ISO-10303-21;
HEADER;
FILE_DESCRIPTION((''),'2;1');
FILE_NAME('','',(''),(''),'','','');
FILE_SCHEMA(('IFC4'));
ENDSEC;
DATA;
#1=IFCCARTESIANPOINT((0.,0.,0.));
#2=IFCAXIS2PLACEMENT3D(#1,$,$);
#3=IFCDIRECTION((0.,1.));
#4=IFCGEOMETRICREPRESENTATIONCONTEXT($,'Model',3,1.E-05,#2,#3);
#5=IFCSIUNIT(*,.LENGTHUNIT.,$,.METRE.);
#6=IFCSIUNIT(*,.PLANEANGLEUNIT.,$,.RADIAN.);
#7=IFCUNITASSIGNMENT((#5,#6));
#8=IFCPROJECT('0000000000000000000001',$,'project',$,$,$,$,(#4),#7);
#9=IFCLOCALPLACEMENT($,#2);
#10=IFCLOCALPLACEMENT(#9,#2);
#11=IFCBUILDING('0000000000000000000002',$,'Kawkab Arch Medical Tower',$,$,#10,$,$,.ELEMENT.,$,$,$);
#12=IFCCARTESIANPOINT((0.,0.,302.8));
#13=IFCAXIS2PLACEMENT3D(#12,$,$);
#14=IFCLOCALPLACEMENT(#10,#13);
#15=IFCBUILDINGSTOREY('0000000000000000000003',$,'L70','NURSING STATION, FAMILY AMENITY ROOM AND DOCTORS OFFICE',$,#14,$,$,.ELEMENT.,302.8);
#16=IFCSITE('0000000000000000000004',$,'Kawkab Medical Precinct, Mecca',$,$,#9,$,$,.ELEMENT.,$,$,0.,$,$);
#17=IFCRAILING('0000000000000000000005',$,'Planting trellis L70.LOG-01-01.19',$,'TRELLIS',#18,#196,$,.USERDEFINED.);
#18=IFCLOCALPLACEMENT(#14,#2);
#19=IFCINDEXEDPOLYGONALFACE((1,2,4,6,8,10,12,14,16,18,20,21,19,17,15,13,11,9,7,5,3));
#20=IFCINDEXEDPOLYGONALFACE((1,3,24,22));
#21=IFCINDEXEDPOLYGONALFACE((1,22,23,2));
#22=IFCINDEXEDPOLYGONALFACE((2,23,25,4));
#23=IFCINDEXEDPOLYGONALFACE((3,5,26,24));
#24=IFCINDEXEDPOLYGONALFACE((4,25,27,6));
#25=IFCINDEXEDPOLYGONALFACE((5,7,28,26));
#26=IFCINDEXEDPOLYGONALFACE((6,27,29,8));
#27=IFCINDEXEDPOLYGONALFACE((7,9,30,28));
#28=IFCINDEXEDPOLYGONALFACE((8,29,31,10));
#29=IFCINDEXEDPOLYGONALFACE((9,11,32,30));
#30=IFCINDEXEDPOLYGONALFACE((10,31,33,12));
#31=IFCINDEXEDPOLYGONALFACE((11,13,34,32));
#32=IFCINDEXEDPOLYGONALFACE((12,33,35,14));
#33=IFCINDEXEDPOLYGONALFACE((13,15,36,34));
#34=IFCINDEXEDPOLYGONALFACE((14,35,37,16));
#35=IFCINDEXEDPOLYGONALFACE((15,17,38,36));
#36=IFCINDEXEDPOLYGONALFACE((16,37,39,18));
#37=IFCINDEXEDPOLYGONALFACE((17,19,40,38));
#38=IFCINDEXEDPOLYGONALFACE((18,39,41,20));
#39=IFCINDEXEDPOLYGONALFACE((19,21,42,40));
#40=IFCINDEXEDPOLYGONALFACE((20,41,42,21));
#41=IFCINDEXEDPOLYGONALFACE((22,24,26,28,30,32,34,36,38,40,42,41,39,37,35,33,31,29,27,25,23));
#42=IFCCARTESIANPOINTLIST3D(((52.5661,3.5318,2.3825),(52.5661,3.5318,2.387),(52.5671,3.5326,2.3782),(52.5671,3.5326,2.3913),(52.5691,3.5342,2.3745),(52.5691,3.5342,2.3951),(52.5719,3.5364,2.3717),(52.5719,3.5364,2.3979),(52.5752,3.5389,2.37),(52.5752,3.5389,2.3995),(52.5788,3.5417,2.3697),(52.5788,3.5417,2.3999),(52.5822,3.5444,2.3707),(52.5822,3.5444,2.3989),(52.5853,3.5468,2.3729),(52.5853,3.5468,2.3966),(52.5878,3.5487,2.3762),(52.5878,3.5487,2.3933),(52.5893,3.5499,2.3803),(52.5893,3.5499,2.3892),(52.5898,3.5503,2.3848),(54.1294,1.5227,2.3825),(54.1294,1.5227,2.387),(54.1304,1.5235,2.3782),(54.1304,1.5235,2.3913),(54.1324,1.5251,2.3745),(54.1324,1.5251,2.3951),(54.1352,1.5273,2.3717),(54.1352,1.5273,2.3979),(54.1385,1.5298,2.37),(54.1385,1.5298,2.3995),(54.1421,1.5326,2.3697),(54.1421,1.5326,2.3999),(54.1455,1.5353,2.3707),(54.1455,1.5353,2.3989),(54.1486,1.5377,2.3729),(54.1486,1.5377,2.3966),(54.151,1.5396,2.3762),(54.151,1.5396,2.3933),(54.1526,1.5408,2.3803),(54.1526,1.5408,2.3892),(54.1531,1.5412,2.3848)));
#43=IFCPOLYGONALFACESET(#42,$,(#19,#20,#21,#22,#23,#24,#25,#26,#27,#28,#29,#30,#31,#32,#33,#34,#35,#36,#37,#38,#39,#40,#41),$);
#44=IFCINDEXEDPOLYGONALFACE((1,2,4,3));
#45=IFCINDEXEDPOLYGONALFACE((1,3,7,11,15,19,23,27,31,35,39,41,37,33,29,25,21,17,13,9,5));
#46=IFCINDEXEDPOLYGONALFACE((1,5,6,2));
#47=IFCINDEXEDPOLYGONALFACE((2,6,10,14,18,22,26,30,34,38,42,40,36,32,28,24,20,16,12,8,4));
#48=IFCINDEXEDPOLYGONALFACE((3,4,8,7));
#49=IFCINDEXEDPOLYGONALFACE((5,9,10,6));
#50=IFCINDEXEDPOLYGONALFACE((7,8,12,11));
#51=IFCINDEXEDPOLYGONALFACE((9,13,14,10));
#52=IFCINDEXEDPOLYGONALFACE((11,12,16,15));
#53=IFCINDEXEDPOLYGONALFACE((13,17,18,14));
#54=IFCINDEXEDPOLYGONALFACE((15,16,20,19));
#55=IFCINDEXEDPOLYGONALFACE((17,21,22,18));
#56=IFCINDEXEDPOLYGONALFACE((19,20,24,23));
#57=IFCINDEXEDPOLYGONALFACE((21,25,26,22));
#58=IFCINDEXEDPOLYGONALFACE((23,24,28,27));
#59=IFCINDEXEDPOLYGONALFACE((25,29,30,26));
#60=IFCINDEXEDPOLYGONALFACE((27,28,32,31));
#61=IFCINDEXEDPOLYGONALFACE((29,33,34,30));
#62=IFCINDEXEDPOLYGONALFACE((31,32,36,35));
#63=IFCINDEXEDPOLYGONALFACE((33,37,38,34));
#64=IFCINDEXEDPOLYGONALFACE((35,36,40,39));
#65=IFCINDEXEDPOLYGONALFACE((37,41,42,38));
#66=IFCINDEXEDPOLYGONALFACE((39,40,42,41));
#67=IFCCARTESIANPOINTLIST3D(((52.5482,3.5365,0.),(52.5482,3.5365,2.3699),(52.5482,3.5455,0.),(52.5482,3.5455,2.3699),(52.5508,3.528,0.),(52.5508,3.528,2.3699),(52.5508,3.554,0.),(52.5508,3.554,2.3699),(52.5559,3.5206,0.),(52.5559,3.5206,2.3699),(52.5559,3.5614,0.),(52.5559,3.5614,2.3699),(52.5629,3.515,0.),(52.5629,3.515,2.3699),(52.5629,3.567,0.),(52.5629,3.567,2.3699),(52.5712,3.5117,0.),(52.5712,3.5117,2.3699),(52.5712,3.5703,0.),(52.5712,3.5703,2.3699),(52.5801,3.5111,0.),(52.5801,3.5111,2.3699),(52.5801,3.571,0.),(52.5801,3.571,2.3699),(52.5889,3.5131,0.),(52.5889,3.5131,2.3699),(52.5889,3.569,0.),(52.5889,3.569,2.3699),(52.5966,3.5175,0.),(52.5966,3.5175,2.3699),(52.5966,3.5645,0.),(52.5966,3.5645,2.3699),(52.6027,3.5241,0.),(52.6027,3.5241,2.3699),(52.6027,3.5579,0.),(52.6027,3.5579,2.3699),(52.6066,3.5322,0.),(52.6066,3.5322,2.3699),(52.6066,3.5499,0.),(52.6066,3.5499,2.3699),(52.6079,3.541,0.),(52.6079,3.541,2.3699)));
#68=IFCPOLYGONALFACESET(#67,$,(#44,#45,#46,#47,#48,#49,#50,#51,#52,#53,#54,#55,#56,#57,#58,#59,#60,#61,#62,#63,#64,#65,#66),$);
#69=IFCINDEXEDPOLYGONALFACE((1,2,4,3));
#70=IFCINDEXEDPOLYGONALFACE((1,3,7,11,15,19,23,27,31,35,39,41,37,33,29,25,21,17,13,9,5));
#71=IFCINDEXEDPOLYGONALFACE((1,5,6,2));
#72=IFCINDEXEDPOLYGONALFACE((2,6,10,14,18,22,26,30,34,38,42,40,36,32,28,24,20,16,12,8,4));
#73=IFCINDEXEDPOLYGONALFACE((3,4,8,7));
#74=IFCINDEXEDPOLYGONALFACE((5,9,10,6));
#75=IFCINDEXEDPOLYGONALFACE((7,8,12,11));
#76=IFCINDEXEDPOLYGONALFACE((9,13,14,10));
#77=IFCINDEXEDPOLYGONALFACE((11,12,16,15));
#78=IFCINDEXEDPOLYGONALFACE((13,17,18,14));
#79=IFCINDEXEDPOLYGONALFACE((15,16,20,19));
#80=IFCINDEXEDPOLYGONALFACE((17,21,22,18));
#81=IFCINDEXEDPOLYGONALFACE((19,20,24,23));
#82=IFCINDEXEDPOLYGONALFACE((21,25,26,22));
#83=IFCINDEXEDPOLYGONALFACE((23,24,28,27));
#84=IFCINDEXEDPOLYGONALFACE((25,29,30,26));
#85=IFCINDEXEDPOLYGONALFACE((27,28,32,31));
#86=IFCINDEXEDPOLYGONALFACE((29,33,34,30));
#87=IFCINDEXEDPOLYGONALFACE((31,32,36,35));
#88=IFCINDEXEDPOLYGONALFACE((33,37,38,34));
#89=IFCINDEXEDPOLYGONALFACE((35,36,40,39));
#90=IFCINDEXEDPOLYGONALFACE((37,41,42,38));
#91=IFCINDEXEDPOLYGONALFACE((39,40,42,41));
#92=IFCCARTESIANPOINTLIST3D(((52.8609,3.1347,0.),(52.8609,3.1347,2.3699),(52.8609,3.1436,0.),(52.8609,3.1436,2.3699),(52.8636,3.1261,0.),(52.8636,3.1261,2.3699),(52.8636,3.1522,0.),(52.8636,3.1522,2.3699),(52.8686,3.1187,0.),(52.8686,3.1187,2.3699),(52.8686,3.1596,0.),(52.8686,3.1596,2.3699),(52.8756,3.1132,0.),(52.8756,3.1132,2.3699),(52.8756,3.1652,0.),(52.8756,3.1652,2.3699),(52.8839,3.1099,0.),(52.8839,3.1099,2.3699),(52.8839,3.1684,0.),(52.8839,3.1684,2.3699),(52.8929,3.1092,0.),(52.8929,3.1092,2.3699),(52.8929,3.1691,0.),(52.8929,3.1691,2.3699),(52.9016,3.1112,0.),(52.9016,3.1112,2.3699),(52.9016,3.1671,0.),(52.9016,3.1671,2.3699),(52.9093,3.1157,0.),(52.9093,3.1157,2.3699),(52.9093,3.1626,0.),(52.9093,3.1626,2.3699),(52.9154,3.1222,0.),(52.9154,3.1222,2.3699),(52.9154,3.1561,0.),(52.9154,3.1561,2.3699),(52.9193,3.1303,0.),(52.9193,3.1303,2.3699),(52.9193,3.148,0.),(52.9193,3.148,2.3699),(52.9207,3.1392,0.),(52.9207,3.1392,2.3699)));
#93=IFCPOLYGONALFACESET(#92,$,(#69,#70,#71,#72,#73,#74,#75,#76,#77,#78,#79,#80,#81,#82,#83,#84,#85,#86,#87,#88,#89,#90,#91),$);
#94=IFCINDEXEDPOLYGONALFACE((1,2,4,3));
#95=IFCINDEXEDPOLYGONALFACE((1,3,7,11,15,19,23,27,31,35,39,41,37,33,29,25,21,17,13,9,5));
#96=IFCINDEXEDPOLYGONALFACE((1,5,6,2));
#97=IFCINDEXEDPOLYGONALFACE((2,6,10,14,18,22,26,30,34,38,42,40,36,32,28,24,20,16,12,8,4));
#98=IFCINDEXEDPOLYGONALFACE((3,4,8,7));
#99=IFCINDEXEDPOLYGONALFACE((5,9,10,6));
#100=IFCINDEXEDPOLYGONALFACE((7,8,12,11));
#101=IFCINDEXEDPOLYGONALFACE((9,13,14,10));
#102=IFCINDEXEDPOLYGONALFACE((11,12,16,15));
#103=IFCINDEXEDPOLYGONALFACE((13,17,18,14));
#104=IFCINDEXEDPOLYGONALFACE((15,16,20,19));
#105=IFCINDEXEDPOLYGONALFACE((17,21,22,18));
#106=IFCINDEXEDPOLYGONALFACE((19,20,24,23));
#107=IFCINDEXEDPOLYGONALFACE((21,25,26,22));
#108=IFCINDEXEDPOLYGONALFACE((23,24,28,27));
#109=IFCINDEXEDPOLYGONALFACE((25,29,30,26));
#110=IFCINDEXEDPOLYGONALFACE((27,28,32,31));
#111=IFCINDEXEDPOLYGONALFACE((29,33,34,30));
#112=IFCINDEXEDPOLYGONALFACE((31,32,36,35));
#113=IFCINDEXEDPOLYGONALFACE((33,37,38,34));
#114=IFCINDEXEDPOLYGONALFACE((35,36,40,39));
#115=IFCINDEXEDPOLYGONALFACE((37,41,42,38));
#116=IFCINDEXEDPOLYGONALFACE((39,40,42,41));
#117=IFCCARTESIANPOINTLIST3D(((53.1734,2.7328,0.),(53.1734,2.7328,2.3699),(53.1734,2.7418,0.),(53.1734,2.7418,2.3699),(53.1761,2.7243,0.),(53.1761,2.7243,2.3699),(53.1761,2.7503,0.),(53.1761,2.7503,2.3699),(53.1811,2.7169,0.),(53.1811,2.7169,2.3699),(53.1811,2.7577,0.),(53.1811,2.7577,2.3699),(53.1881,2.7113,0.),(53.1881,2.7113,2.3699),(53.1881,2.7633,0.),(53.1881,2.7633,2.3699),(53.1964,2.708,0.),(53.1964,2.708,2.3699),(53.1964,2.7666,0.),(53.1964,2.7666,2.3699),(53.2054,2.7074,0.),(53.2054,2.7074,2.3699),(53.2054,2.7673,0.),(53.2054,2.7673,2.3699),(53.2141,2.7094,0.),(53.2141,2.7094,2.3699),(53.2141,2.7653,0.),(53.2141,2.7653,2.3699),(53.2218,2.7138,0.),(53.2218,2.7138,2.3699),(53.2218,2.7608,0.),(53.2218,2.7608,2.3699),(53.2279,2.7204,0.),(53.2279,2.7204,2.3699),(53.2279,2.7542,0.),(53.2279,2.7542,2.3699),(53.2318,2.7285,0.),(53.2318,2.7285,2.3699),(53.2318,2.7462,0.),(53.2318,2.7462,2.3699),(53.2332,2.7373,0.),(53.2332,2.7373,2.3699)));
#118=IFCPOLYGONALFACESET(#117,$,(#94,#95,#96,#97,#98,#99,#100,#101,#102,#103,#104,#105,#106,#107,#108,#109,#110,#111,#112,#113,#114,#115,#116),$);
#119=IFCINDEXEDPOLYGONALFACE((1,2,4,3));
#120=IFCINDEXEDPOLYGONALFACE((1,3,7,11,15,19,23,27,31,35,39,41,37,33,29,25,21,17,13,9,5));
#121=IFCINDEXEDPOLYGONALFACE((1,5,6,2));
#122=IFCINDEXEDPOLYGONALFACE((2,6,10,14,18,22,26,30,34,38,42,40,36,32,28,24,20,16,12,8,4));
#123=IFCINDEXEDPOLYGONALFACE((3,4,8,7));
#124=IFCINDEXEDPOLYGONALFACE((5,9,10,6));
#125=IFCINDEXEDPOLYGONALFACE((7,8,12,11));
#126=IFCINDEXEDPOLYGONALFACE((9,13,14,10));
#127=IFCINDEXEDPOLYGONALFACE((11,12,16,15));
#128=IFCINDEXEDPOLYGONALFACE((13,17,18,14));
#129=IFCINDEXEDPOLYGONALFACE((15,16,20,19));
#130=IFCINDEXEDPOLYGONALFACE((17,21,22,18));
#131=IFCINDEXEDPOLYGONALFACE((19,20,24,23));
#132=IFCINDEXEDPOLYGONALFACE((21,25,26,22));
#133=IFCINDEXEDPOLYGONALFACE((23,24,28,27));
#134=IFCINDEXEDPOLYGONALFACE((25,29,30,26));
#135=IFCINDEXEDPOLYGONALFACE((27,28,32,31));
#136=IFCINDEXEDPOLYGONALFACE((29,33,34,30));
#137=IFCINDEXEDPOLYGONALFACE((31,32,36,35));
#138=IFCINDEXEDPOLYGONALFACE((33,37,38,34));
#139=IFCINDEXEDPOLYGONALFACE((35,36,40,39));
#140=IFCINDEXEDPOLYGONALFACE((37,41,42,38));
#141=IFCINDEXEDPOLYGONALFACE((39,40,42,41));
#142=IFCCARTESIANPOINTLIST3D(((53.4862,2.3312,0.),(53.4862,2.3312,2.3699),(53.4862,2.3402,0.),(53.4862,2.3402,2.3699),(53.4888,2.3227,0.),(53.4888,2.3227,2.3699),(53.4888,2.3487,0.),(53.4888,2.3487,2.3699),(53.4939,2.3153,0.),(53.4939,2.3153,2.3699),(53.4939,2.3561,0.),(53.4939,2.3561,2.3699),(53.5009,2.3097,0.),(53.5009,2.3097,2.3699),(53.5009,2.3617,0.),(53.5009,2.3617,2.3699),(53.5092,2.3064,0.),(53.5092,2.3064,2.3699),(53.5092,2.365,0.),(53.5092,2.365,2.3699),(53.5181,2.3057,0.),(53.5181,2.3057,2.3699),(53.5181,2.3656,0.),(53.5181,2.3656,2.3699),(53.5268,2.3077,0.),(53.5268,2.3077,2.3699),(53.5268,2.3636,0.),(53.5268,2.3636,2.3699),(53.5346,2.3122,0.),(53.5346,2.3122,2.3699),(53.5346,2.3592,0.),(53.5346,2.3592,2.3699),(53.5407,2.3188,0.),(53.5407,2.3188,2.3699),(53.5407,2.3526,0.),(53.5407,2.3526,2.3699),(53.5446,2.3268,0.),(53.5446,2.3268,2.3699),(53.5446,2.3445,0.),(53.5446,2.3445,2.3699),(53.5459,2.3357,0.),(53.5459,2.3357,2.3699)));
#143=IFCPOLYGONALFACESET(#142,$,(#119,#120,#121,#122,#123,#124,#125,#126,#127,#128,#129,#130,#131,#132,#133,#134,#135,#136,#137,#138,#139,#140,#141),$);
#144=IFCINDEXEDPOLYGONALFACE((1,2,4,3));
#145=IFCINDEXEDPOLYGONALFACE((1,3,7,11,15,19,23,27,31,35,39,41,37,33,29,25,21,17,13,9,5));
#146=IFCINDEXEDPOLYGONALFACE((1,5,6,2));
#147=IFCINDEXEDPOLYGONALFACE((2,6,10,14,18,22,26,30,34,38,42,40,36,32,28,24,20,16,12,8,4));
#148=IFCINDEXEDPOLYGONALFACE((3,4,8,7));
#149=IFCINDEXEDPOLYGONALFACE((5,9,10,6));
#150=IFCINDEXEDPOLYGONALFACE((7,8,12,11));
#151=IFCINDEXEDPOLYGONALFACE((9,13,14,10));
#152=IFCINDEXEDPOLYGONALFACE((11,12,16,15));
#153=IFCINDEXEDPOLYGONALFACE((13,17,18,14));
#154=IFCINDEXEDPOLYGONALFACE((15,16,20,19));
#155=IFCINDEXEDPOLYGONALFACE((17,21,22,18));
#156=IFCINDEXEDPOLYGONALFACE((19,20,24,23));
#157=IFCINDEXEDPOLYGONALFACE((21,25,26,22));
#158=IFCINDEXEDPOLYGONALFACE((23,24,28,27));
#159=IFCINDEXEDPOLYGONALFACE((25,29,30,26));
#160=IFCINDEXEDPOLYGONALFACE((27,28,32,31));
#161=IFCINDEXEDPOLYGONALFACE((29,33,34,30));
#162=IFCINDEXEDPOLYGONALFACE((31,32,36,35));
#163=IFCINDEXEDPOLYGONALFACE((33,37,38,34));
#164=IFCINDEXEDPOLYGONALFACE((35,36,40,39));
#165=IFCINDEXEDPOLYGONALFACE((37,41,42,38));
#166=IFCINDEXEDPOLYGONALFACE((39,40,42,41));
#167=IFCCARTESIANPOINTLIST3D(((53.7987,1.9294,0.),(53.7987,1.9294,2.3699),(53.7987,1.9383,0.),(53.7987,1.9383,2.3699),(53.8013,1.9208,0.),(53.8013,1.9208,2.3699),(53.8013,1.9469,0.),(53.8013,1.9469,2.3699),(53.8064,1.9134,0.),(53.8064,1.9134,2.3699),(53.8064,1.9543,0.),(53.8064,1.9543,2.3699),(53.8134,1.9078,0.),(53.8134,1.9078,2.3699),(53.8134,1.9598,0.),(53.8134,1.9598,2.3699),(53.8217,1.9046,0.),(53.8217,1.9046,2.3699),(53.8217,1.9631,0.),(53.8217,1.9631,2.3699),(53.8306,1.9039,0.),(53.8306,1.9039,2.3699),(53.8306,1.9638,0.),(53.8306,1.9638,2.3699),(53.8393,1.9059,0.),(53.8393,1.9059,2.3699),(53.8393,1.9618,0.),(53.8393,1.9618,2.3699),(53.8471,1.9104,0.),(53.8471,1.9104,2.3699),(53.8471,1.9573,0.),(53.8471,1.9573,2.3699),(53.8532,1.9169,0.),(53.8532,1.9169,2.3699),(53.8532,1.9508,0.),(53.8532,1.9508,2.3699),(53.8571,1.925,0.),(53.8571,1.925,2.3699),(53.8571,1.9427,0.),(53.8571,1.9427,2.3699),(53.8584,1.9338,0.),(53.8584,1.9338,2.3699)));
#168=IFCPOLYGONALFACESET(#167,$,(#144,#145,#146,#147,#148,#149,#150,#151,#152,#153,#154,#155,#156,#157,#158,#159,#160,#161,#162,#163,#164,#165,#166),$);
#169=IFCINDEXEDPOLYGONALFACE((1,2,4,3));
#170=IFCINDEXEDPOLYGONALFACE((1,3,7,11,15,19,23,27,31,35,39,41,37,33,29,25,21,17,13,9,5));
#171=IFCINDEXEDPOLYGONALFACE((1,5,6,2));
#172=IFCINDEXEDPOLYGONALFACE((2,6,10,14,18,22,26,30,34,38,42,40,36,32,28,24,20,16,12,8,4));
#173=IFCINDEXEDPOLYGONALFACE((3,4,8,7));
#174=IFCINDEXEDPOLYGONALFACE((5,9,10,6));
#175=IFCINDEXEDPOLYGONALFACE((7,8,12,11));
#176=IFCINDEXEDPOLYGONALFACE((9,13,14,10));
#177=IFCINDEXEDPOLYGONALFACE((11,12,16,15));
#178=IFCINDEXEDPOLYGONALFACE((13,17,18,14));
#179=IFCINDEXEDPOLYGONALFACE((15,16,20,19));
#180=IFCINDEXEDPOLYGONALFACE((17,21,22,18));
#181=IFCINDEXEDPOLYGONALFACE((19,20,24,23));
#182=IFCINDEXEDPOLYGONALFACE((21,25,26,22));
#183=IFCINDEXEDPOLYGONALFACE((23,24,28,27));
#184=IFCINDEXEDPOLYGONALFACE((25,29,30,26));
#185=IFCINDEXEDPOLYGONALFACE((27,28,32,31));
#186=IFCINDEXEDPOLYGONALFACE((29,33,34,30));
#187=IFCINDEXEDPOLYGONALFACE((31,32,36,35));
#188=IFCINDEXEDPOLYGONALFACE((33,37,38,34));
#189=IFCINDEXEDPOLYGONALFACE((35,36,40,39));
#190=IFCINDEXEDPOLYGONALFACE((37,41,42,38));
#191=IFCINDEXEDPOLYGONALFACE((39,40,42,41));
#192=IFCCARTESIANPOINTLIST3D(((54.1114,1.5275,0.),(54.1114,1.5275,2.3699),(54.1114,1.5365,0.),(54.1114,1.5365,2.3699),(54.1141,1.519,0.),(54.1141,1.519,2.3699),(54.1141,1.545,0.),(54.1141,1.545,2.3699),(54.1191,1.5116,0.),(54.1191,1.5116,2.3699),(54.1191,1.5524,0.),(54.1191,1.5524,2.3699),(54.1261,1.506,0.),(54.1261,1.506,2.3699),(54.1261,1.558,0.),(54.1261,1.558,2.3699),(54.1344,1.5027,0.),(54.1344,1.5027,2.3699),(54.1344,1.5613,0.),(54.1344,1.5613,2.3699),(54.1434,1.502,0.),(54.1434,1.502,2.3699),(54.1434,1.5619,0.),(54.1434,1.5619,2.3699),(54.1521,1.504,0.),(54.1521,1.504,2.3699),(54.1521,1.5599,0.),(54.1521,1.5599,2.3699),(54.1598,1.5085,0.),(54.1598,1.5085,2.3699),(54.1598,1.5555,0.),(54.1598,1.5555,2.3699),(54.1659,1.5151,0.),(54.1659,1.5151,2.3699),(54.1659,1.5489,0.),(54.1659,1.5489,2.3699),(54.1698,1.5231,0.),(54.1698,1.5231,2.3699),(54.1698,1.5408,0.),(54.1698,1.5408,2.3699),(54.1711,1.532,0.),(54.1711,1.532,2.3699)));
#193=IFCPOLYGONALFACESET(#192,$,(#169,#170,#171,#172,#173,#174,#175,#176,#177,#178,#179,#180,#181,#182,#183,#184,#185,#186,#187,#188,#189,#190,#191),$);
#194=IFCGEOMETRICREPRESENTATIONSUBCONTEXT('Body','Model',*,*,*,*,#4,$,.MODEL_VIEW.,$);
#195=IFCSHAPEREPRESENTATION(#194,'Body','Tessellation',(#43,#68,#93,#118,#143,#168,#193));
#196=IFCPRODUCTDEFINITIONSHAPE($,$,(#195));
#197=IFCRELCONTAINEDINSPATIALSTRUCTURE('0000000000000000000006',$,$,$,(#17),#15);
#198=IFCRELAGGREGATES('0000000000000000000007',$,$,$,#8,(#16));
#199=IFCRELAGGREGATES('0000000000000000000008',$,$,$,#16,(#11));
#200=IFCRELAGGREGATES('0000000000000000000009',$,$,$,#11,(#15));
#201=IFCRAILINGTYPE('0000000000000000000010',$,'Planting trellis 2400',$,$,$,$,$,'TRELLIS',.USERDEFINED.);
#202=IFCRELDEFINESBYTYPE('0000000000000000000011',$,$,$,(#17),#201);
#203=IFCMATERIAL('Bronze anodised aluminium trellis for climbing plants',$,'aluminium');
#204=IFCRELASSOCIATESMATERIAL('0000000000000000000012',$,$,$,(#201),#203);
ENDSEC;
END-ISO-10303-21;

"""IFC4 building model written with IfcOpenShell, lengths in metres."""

from ifc_helpers import new_model, si_unit, direction, frame, origin, origin_2d, place, context, subcontext, project, spatial, circle, extrude, material, type_object, element, save


model = new_model("IFC4")

# Units and contexts
model_context = context("Model", 3, precision=1e-05, world=origin(), true_north=direction((0.0, 1.0)))
body_context = subcontext(model_context, "Body", "Model", "MODEL_VIEW")
ifc_project = project(units=[si_unit("LENGTHUNIT", "METRE"), si_unit("PLANEANGLEUNIT", "RADIAN")], contexts=[model_context])

# Site, building, storey
site_placement = place(None, origin())
site = spatial("IfcSite", under=ifc_project, at=site_placement, Name="Kawkab Medical Precinct, Mecca", CompositionType="ELEMENT", RefElevation=0.0)
building_placement = place(site_placement, origin())
building = spatial("IfcBuilding", under=site, at=building_placement, Name="Kawkab Arch Medical Tower", CompositionType="ELEMENT")
storey_placement = place(building_placement, frame((0.0, 0.0, 302.8)))
storey = spatial("IfcBuildingStorey", under=building, at=storey_placement, Name="L70", Description="NURSING STATION, FAMILY AMENITY ROOM AND DOCTORS OFFICE", CompositionType="ELEMENT", Elevation=302.8)

# Railing
ifc_material_1 = material(Name="Bronze anodised aluminium trellis for climbing plants", Category="aluminium")
railing_type = type_object("IfcRailingType", Name="Planting trellis 2400", ElementType="TRELLIS", PredefinedType="USERDEFINED", material=ifc_material_1)
railing_1_placement = place(storey_placement, frame((52.5779, 3.541, 0.0)))
element("IfcRailing", 1, at=railing_1_placement, inside=storey, type_object=railing_type, Name="Planting trellis L70.LOG-01-01.19", ObjectType="TRELLIS", PredefinedType="USERDEFINED", context=body_context, shape_type="SweptSolid", body=[
    extrude(circle(Radius=0.0151, at=origin_2d()), frame((0.0, 0.0, 2.3848), z_axis=(0.6141, -0.789228, 0.0), x_axis=(0.789228, 0.6141, 0.0)), (0.0, 0.0, 1.0), 2.5457),
    extrude(circle(Radius=0.03, at=origin_2d()), origin(), (0.0, 0.0, 1.0), 2.3699),
    extrude(circle(Radius=0.03, at=origin_2d()), frame((0.3127, -0.4019, 0.0)), (0.0, 0.0, 1.0), 2.3699),
    extrude(circle(Radius=0.03, at=origin_2d()), frame((0.6252, -0.8037, 0.0)), (0.0, 0.0, 1.0), 2.3699),
    extrude(circle(Radius=0.03, at=origin_2d()), frame((0.938, -1.2053, 0.0)), (0.0, 0.0, 1.0), 2.3699),
    extrude(circle(Radius=0.03, at=origin_2d()), frame((1.2505, -1.6072, 0.0)), (0.0, 0.0, 1.0), 2.3699),
    extrude(circle(Radius=0.03, at=origin_2d()), frame((1.5632, -2.009, 0.0)), (0.0, 0.0, 1.0), 2.3699),
])

save(model, "model.ifc")
